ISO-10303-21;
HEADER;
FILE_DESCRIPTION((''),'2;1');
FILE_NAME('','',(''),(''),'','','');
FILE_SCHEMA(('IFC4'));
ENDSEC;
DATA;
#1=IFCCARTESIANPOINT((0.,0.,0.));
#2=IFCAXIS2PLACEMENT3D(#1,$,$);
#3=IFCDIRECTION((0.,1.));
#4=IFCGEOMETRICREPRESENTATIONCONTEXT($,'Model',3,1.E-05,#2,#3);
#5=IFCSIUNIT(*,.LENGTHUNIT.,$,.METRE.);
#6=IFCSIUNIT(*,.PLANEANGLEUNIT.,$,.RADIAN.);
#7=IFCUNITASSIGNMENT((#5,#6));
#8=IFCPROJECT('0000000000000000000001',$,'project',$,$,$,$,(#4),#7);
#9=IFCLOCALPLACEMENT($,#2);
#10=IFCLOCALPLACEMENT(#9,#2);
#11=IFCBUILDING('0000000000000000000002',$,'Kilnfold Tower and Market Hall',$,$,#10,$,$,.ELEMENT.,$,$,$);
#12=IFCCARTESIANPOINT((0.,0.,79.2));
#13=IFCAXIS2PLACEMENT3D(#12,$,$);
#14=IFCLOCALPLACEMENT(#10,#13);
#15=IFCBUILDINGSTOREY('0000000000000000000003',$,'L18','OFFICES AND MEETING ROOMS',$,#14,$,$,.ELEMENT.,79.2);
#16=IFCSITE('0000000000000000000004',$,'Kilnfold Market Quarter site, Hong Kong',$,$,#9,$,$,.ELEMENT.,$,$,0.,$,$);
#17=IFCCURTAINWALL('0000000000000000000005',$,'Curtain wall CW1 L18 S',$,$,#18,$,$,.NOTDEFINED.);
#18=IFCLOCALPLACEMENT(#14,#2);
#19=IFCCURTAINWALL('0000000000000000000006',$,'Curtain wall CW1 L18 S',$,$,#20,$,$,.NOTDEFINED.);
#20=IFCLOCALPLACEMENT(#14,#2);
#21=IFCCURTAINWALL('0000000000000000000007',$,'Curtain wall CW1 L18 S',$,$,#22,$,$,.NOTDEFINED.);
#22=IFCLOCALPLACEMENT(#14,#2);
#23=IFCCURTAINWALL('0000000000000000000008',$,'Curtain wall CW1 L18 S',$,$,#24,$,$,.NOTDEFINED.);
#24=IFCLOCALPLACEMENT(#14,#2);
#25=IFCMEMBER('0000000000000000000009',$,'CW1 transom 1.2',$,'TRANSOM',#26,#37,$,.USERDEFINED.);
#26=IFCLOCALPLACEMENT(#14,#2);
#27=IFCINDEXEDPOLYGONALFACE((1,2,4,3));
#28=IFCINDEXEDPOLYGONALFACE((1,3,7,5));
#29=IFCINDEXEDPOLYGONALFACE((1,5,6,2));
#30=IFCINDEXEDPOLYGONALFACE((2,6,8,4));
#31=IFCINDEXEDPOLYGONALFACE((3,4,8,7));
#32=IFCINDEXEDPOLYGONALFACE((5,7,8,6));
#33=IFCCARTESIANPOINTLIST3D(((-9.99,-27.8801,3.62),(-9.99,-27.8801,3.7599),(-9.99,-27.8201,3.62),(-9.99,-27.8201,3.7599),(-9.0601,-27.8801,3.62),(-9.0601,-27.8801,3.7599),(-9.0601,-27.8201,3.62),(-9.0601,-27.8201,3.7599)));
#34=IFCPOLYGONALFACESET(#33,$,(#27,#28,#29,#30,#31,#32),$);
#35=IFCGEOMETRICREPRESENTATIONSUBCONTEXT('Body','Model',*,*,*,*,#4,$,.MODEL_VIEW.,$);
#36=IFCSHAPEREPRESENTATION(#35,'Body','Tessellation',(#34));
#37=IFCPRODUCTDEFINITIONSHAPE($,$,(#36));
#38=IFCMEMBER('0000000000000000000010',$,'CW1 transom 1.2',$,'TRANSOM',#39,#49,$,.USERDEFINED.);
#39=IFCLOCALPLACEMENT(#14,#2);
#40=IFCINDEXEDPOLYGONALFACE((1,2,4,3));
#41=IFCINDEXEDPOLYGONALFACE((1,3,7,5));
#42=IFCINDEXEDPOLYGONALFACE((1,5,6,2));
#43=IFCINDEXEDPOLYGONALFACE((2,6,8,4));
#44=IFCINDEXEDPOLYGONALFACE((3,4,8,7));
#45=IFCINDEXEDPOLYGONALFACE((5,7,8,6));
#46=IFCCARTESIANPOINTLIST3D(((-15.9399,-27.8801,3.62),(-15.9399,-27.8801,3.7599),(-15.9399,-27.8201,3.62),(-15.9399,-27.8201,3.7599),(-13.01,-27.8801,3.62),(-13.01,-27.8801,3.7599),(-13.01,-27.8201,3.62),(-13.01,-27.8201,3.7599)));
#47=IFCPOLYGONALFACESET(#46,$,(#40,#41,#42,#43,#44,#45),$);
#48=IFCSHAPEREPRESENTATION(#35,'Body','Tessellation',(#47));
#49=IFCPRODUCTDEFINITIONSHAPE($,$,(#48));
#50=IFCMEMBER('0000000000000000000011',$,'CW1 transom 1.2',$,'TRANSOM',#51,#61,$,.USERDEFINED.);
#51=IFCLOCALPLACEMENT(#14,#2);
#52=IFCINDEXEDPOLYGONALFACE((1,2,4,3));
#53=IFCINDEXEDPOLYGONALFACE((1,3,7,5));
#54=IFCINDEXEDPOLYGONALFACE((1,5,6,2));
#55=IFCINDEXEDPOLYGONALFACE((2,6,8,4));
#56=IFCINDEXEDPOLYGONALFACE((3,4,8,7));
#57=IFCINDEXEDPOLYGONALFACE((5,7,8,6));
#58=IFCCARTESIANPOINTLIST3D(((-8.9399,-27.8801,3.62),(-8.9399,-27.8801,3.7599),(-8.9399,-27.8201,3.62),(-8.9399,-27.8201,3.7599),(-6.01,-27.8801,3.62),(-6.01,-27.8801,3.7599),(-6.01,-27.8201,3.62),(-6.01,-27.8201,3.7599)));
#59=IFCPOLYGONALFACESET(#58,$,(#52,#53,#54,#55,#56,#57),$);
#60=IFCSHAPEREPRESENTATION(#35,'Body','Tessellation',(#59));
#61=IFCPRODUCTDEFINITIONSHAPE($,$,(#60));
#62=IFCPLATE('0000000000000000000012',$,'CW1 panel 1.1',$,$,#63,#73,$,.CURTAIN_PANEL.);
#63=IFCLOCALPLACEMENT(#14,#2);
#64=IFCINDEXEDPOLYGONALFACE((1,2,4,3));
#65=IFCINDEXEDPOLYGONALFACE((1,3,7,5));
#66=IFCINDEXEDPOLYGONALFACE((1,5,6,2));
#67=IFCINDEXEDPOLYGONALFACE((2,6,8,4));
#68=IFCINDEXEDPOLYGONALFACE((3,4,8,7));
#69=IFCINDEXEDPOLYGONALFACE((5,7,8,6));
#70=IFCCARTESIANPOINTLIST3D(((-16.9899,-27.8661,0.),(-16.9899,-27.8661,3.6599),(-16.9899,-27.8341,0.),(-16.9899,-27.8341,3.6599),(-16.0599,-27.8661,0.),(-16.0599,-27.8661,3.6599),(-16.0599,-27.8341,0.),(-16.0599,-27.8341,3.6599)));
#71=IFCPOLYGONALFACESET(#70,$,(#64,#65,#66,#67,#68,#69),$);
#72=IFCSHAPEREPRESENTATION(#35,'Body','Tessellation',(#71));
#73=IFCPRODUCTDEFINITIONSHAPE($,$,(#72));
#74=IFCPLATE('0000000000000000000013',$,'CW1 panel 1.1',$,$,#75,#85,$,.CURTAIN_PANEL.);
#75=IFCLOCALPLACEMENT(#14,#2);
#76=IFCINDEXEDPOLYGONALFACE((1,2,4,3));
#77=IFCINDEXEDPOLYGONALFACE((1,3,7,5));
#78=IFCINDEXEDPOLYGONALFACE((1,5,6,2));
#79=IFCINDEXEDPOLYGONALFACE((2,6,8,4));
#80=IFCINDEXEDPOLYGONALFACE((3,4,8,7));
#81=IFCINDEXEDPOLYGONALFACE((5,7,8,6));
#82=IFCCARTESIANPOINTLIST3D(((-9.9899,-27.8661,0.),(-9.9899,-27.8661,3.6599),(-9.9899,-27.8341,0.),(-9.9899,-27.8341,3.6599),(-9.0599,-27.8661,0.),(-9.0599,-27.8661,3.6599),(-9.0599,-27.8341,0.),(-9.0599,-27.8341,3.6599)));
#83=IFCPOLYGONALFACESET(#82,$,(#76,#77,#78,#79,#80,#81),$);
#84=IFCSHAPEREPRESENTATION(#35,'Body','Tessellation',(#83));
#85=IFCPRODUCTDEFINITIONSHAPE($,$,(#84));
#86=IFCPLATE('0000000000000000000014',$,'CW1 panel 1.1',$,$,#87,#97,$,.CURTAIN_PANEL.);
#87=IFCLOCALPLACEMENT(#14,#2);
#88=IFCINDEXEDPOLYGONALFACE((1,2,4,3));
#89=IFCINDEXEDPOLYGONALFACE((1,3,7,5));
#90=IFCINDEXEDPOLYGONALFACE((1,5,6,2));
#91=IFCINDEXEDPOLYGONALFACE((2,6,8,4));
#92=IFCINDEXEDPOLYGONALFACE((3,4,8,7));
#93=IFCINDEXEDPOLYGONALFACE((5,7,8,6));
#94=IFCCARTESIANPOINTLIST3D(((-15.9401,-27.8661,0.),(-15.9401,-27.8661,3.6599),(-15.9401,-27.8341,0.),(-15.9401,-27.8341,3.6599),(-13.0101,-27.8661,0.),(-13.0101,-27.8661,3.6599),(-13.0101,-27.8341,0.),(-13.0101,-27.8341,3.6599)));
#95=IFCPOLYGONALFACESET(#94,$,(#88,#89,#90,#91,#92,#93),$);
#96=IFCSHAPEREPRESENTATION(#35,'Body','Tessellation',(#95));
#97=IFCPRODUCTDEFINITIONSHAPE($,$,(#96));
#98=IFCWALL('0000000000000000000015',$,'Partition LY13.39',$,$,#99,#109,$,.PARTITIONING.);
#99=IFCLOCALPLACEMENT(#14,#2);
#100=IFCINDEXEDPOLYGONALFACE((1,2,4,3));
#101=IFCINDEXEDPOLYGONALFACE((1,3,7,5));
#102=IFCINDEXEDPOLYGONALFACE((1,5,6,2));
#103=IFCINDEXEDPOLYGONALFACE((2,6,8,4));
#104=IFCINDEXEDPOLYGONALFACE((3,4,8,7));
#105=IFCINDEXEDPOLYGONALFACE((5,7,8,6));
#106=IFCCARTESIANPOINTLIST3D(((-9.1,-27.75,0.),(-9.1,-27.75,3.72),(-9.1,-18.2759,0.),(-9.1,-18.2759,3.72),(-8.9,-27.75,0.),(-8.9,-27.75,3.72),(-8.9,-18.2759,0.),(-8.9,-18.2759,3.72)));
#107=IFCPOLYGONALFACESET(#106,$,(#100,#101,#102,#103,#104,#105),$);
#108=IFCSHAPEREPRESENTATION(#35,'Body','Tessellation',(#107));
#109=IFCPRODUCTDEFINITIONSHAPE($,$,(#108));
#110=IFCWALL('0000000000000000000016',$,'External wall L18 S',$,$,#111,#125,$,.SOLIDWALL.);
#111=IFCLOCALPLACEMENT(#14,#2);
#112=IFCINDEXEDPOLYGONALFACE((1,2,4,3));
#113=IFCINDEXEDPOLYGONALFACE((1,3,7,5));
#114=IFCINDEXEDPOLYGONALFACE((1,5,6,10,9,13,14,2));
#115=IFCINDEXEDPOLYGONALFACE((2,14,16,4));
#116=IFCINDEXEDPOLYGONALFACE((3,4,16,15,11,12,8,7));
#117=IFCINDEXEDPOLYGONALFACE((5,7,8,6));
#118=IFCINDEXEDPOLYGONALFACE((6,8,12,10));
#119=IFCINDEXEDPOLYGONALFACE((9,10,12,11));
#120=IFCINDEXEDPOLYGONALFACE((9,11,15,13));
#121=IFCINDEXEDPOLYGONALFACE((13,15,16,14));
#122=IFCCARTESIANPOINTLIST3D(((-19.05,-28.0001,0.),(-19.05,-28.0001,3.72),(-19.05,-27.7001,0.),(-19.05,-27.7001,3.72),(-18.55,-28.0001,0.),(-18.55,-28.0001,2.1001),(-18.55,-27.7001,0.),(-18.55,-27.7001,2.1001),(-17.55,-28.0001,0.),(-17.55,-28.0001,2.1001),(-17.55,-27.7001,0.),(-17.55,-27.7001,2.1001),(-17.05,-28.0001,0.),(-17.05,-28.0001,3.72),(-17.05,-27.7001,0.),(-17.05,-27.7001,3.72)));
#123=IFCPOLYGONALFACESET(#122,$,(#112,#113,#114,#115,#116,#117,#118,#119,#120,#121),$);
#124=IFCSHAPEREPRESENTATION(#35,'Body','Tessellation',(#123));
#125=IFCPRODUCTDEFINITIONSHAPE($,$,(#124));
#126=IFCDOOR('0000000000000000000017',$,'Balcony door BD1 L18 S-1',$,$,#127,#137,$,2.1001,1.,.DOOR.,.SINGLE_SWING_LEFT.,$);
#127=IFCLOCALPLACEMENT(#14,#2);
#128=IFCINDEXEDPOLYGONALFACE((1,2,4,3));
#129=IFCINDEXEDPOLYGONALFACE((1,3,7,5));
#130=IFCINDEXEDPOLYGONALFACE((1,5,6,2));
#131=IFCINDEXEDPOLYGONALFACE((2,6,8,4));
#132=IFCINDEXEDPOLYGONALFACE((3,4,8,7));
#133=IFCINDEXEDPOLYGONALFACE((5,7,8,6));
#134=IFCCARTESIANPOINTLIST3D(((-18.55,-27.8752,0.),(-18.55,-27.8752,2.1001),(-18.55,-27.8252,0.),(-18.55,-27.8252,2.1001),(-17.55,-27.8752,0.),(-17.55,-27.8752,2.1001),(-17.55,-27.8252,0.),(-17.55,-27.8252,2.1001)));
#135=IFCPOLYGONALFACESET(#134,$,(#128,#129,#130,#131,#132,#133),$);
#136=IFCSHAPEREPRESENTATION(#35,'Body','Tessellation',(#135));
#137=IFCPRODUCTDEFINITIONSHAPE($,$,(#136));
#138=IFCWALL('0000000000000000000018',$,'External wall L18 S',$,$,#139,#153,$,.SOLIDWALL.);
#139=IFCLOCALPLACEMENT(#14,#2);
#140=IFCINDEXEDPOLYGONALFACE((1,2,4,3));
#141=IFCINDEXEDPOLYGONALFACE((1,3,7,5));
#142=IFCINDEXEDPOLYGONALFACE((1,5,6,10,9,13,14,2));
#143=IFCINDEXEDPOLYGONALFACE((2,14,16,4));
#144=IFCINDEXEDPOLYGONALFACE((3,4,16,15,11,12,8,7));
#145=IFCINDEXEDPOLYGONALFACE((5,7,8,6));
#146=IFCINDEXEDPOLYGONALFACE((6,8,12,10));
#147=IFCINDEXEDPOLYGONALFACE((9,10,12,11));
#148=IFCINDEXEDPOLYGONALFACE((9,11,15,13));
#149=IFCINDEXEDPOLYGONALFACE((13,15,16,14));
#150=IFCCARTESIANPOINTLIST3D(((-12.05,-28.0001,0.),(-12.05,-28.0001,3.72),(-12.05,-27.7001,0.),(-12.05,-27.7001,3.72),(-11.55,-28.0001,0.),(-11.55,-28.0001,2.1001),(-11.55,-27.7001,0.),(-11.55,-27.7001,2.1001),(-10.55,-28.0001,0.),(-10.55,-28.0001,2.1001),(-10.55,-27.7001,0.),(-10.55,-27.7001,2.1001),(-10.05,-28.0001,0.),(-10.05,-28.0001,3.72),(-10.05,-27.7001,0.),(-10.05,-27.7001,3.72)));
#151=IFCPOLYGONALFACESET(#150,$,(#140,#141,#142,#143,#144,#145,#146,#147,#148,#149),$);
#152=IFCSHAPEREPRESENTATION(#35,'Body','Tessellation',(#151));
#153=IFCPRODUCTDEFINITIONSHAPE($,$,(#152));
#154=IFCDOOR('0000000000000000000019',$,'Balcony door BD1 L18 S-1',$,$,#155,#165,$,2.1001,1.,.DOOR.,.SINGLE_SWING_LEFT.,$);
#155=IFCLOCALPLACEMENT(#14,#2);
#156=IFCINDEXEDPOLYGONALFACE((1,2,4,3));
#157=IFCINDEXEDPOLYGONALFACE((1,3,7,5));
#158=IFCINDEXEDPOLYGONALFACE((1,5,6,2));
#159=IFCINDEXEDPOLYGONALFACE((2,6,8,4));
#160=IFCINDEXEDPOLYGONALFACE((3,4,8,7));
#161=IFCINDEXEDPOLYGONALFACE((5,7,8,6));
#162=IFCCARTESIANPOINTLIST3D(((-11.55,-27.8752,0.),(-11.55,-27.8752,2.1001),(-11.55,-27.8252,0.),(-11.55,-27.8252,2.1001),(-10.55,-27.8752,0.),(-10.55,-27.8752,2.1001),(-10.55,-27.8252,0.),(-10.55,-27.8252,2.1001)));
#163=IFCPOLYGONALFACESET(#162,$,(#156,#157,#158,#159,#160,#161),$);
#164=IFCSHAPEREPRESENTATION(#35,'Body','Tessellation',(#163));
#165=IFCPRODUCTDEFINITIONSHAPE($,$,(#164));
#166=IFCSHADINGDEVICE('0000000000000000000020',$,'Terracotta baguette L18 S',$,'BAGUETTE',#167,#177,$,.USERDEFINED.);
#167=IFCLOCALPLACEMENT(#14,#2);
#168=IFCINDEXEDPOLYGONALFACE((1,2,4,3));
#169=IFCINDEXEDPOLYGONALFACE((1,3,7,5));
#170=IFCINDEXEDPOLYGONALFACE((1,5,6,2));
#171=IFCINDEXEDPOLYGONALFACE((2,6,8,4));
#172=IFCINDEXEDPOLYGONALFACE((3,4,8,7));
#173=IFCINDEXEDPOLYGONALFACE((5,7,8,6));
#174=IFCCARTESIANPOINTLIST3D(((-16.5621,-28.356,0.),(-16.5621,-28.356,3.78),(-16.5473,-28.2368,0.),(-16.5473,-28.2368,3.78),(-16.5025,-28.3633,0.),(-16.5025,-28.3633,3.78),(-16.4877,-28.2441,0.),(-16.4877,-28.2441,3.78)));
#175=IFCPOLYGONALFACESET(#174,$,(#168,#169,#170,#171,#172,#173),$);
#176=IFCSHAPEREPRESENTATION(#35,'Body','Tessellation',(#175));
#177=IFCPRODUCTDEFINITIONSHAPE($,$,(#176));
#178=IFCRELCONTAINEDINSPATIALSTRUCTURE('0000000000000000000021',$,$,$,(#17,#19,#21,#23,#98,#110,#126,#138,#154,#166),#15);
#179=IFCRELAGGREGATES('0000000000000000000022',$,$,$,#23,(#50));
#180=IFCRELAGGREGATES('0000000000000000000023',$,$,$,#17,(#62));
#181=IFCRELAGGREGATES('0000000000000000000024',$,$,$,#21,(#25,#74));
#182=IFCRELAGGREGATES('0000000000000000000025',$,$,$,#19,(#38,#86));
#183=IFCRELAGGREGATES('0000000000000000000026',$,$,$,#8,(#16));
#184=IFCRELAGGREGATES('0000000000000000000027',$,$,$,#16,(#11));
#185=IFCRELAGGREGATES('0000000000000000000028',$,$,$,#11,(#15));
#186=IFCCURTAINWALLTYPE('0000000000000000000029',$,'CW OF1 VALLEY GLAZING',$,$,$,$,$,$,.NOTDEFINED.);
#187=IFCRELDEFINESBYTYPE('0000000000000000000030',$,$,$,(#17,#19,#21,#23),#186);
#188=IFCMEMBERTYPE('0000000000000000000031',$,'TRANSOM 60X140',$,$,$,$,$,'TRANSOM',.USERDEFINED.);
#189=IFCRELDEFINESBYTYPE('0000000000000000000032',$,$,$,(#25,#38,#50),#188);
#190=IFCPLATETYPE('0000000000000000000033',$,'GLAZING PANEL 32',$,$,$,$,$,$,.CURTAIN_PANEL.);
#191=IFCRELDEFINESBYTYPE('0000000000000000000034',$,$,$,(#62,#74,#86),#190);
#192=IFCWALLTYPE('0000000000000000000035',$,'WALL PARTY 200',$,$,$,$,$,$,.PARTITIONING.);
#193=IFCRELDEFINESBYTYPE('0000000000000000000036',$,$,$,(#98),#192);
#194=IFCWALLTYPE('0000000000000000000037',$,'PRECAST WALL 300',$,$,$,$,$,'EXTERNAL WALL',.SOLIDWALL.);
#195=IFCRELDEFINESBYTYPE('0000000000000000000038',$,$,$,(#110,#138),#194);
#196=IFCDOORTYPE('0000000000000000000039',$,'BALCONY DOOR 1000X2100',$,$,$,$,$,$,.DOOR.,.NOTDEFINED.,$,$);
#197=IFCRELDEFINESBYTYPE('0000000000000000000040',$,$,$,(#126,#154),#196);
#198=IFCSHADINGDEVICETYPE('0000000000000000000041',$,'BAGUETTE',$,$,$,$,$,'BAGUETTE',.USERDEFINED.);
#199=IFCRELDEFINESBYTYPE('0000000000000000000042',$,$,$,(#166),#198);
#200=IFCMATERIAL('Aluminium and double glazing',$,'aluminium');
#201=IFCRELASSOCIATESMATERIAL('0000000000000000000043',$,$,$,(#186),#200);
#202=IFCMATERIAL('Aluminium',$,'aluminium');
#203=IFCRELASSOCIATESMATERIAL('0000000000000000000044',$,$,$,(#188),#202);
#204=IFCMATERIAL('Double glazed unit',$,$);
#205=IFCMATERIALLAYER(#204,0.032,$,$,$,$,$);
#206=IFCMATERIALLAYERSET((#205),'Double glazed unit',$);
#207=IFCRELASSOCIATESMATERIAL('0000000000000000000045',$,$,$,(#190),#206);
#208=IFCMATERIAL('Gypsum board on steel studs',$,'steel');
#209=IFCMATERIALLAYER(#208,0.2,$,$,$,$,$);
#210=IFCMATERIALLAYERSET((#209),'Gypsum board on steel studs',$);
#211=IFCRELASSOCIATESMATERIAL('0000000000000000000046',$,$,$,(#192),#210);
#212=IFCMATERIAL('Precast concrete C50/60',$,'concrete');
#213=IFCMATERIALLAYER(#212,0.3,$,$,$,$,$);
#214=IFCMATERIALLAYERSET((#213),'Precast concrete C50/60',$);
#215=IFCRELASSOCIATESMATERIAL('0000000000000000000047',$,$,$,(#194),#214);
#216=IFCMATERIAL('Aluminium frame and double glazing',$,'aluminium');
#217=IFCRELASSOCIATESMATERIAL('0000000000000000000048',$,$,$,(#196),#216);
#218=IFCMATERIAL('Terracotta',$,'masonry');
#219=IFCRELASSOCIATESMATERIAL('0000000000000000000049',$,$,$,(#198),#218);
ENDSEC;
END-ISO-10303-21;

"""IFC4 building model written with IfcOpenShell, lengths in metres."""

from ifc_helpers import new_model, si_unit, direction, frame, frame_2d, origin, origin_2d, place, context, subcontext, project, spatial, rectangle, extrude, source, transform, mapped, material, layer, layer_set, material_profile, profile_set, type_object, element, fill, aggregate, save


model = new_model("IFC4")

# Units and contexts
model_context = context("Model", 3, precision=1e-05, world=origin(), true_north=direction((0.0, 1.0)))
body_context = subcontext(model_context, "Body", "Model", "MODEL_VIEW")
ifc_project = project(units=[si_unit("LENGTHUNIT", "METRE"), si_unit("PLANEANGLEUNIT", "RADIAN")], contexts=[model_context])

# Site, building, storey
site_placement = place(None, origin())
site = spatial("IfcSite", under=ifc_project, at=site_placement, Name="Kilnfold Market Quarter site, Hong Kong", CompositionType="ELEMENT", RefElevation=0.0)
building_placement = place(site_placement, origin())
building = spatial("IfcBuilding", under=site, at=building_placement, Name="Kilnfold Tower and Market Hall", CompositionType="ELEMENT")
storey_placement = place(building_placement, frame((0.0, 0.0, 79.2)))
storey = spatial("IfcBuildingStorey", under=building, at=storey_placement, Name="L18", Description="OFFICES AND MEETING ROOMS", CompositionType="ELEMENT", Elevation=79.2)

# Curtain walls
ifc_material_1 = material(Name="Aluminium and double glazing", Category="aluminium")
curtain_wall_type = type_object("IfcCurtainWallType", Name="CW OF1 VALLEY GLAZING", PredefinedType="NOTDEFINED", material=ifc_material_1)
curtain_wall_1_placement = place(storey_placement, origin())
curtain_wall_1 = element("IfcCurtainWall", 1, at=curtain_wall_1_placement, inside=storey, type_object=curtain_wall_type, Name="Curtain wall CW1 L18 S", PredefinedType="NOTDEFINED")
curtain_wall_2_placement = place(storey_placement, origin())
curtain_wall_2 = element("IfcCurtainWall", 2, at=curtain_wall_2_placement, inside=storey, type_object=curtain_wall_type, Name="Curtain wall CW1 L18 S", PredefinedType="NOTDEFINED")
curtain_wall_3_placement = place(storey_placement, origin())
curtain_wall_3 = element("IfcCurtainWall", 3, at=curtain_wall_3_placement, inside=storey, type_object=curtain_wall_type, Name="Curtain wall CW1 L18 S", PredefinedType="NOTDEFINED")

# Curtain wall
curtain_wall_4_placement = place(storey_placement, origin())
curtain_wall_4 = element("IfcCurtainWall", 4, at=curtain_wall_4_placement, inside=storey, type_object=curtain_wall_type, Name="Curtain wall CW1 L18 S", PredefinedType="NOTDEFINED")

# Members
ifc_material_2 = material(Name="Aluminium", Category="aluminium")
ifc_material_profile_1 = material_profile(ifc_material_2, rectangle(XDim=0.0601, YDim=0.1399, at=origin_2d()), Name="TRANSOM 60x140")
ifc_profile_set_1 = profile_set([ifc_material_profile_1], Name="Aluminium")
member_type_1 = type_object("IfcMemberType", Name="TRANSOM 60X140", ElementType="TRANSOM", PredefinedType="USERDEFINED", material=ifc_profile_set_1)
shared_shape_1 = source(origin(), body_context, "Body", "SweptSolid", [
    extrude(rectangle(XDim=0.0601, YDim=0.1399, at=origin_2d()), origin(), (0.0, 0.0, 1.0), 0.9299),
])
member_1_placement = place(storey_placement, frame((-9.99, -27.8501, 3.6899), z_axis=(1.0, 0.0, 0.0), x_axis=(0.0, 1.0, 0.0)))
member_1 = element("IfcMember", 5, at=member_1_placement, type_object=member_type_1, Name="CW1 transom 1.2", ObjectType="TRANSOM", PredefinedType="USERDEFINED", context=body_context, shape_type="MappedRepresentation", body=[
    mapped(shared_shape_1, transform((0.0, 0.0, 0.0))),
])
shared_shape_2 = source(origin(), body_context, "Body", "SweptSolid", [
    extrude(rectangle(XDim=0.0601, YDim=0.1399, at=origin_2d()), origin(), (0.0, 0.0, 1.0), 2.9299),
])
member_2_placement = place(storey_placement, frame((-15.9399, -27.8501, 3.6899), z_axis=(1.0, 0.0, 0.0), x_axis=(0.0, 1.0, 0.0)))
member_2 = element("IfcMember", 6, at=member_2_placement, type_object=member_type_1, Name="CW1 transom 1.2", ObjectType="TRANSOM", PredefinedType="USERDEFINED", context=body_context, shape_type="MappedRepresentation", body=[
    mapped(shared_shape_2, transform((0.0, 0.0, 0.0))),
])
member_3_placement = place(storey_placement, frame((-8.9399, -27.8501, 3.6899), z_axis=(1.0, 0.0, 0.0), x_axis=(0.0, 1.0, 0.0)))
member_3 = element("IfcMember", 7, at=member_3_placement, type_object=member_type_1, Name="CW1 transom 1.2", ObjectType="TRANSOM", PredefinedType="USERDEFINED", context=body_context, shape_type="MappedRepresentation", body=[
    mapped(shared_shape_2, transform((0.0, 0.0, 0.0))),
])
aggregate(curtain_wall_4, [member_3])

# Plates
ifc_material_3 = material(Name="Double glazed unit")
ifc_layer_1 = layer(ifc_material_3, 0.032)
ifc_layer_set_1 = layer_set([ifc_layer_1], Name="Double glazed unit")
plate_type = type_object("IfcPlateType", Name="GLAZING PANEL 32", PredefinedType="CURTAIN_PANEL", material=ifc_layer_set_1)
shared_shape_3 = source(origin(), body_context, "Body", "SweptSolid", [
    extrude(rectangle(XDim=0.9299, YDim=0.032, at=origin_2d()), origin(), (0.0, 0.0, 1.0), 3.6599),
])
plate_1_placement = place(storey_placement, frame((-16.5249, -27.8501, 0.0), z_axis=(0.0, 0.0, 1.0), x_axis=(1.0, 0.0, 0.0)))
plate_1 = element("IfcPlate", 8, at=plate_1_placement, type_object=plate_type, Name="CW1 panel 1.1", PredefinedType="CURTAIN_PANEL", context=body_context, shape_type="MappedRepresentation", body=[
    mapped(shared_shape_3, transform((0.0, 0.0, 0.0))),
])
aggregate(curtain_wall_1, [plate_1])
plate_2_placement = place(storey_placement, frame((-9.5249, -27.8501, 0.0), z_axis=(0.0, 0.0, 1.0), x_axis=(1.0, 0.0, 0.0)))
plate_2 = element("IfcPlate", 9, at=plate_2_placement, type_object=plate_type, Name="CW1 panel 1.1", PredefinedType="CURTAIN_PANEL", context=body_context, shape_type="MappedRepresentation", body=[
    mapped(shared_shape_3, transform((0.0, 0.0, 0.0))),
])
aggregate(curtain_wall_3, [member_1, plate_2])
shared_shape_4 = source(origin(), body_context, "Body", "SweptSolid", [
    extrude(rectangle(XDim=2.9299, YDim=0.032, at=origin_2d()), origin(), (0.0, 0.0, 1.0), 3.6599),
])
plate_3_placement = place(storey_placement, frame((-14.4751, -27.8501, 0.0), z_axis=(0.0, 0.0, 1.0), x_axis=(1.0, 0.0, 0.0)))
plate_3 = element("IfcPlate", 10, at=plate_3_placement, type_object=plate_type, Name="CW1 panel 1.1", PredefinedType="CURTAIN_PANEL", context=body_context, shape_type="MappedRepresentation", body=[
    mapped(shared_shape_4, transform((0.0, 0.0, 0.0))),
])
aggregate(curtain_wall_2, [member_2, plate_3])

# Wall
ifc_material_4 = material(Name="Gypsum board on steel studs", Category="steel")
ifc_layer_2 = layer(ifc_material_4, 0.2)
ifc_layer_set_2 = layer_set([ifc_layer_2], Name="Gypsum board on steel studs")
wall_type_1 = type_object("IfcWallType", Name="WALL PARTY 200", PredefinedType="PARTITIONING", material=ifc_layer_set_2)
wall_1_placement = place(storey_placement, frame((-9.0, -27.75, 0.0), z_axis=(0.0, 0.0, 1.0), x_axis=(0.0, 1.0, 0.0)))
element("IfcWall", 11, at=wall_1_placement, inside=storey, type_object=wall_type_1, Name="Partition LY13.39", PredefinedType="PARTITIONING", context=body_context, shape_type="SweptSolid", body=[
    extrude(rectangle(XDim=9.4741, YDim=0.2, at=frame_2d((4.7371, 0.0))), origin(), (0.0, 0.0, 1.0), 3.72),
])

# Walls, openings, doors
ifc_material_5 = material(Name="Precast concrete C50/60", Category="concrete")
ifc_layer_3 = layer(ifc_material_5, 0.3)
ifc_layer_set_3 = layer_set([ifc_layer_3], Name="Precast concrete C50/60")
wall_type_2 = type_object("IfcWallType", Name="PRECAST WALL 300", ElementType="EXTERNAL WALL", PredefinedType="SOLIDWALL", material=ifc_layer_set_3)
shared_shape_5 = source(origin(), body_context, "Body", "SweptSolid", [
    extrude(rectangle(XDim=2.0, YDim=0.3, at=frame_2d((1.0, 0.0))), origin(), (0.0, 0.0, 1.0), 3.72),
])
wall_2_placement = place(storey_placement, frame((-19.05, -27.8501, 0.0), z_axis=(0.0, 0.0, 1.0), x_axis=(1.0, 0.0, 0.0)))
wall_2 = element("IfcWall", 12, at=wall_2_placement, inside=storey, type_object=wall_type_2, Name="External wall L18 S", PredefinedType="SOLIDWALL", context=body_context, shape_type="MappedRepresentation", body=[
    mapped(shared_shape_5, transform((0.0, 0.0, 0.0))),
])
opening_1_placement = place(wall_2_placement, frame((0.5, 0.0, 0.0)))
opening_1 = element("IfcOpeningElement", 13, at=opening_1_placement, cuts=wall_2, PredefinedType="OPENING", context=body_context, shape_type="SweptSolid", body=[
    extrude(rectangle(XDim=1.0, YDim=2.1001, at=frame_2d((0.5, 1.05))), frame((0.0, 0.1602, 0.0), z_axis=(0.0, -1.0, 0.0), x_axis=(1.0, 0.0, 0.0)), (0.0, 0.0, 1.0), 0.3201),
])
ifc_material_6 = material(Name="Aluminium frame and double glazing", Category="aluminium")
door_type = type_object("IfcDoorType", Name="BALCONY DOOR 1000X2100", OperationType="NOTDEFINED", PredefinedType="DOOR", material=ifc_material_6)
door_1_placement = place(opening_1_placement, origin())
door_1 = element("IfcDoor", 14, at=door_1_placement, inside=storey, type_object=door_type, Name="Balcony door BD1 L18 S-1", OperationType="SINGLE_SWING_LEFT", OverallHeight=2.1001, OverallWidth=1.0, PredefinedType="DOOR", context=body_context, shape_type="SweptSolid", body=[
    extrude(rectangle(XDim=1.0, YDim=2.1001, at=frame_2d((0.5, 1.05))), frame((0.0, 0.0249, 0.0), z_axis=(0.0, -1.0, 0.0), x_axis=(1.0, 0.0, 0.0)), (0.0, 0.0, 1.0), 0.05),
])
fill(opening_1, door_1)
wall_3_placement = place(storey_placement, frame((-12.05, -27.8501, 0.0), z_axis=(0.0, 0.0, 1.0), x_axis=(1.0, 0.0, 0.0)))
wall_3 = element("IfcWall", 15, at=wall_3_placement, inside=storey, type_object=wall_type_2, Name="External wall L18 S", PredefinedType="SOLIDWALL", context=body_context, shape_type="MappedRepresentation", body=[
    mapped(shared_shape_5, transform((0.0, 0.0, 0.0))),
])
opening_2_placement = place(wall_3_placement, frame((0.5, 0.0, 0.0)))
opening_2 = element("IfcOpeningElement", 16, at=opening_2_placement, cuts=wall_3, PredefinedType="OPENING", context=body_context, shape_type="SweptSolid", body=[
    extrude(rectangle(XDim=1.0, YDim=2.1001, at=frame_2d((0.5, 1.05))), frame((0.0, 0.1602, 0.0), z_axis=(0.0, -1.0, 0.0), x_axis=(1.0, 0.0, 0.0)), (0.0, 0.0, 1.0), 0.3201),
])
door_2_placement = place(opening_2_placement, origin())
door_2 = element("IfcDoor", 17, at=door_2_placement, inside=storey, type_object=door_type, Name="Balcony door BD1 L18 S-1", OperationType="SINGLE_SWING_LEFT", OverallHeight=2.1001, OverallWidth=1.0, PredefinedType="DOOR", context=body_context, shape_type="SweptSolid", body=[
    extrude(rectangle(XDim=1.0, YDim=2.1001, at=frame_2d((0.5, 1.05))), frame((0.0, 0.0249, 0.0), z_axis=(0.0, -1.0, 0.0), x_axis=(1.0, 0.0, 0.0)), (0.0, 0.0, 1.0), 0.05),
])
fill(opening_2, door_2)

# Shading device
ifc_material_7 = material(Name="Terracotta", Category="masonry")
ifc_material_profile_2 = material_profile(ifc_material_7, rectangle(XDim=0.0601, YDim=0.1201, at=origin_2d()), Name="BAG 60x120")
ifc_profile_set_2 = profile_set([ifc_material_profile_2], Name="Terracotta")
shading_device_type = type_object("IfcShadingDeviceType", Name="BAGUETTE", ElementType="BAGUETTE", PredefinedType="USERDEFINED", material=ifc_profile_set_2)
shared_shape_6 = source(origin(), body_context, "Body", "SweptSolid", [
    extrude(rectangle(XDim=0.0601, YDim=0.1201, at=origin_2d()), origin(), (0.0, 0.0, 1.0), 3.78),
])
for number, where, z_axis, x_axis, name in (
    (18, (-16.5249, -28.3, 0.0), (0.0, 0.0, 1.0), (0.992396, -0.123084, 0.0), "Terracotta baguette L18 S"),
):
    element("IfcShadingDevice", number, at=place(storey_placement, frame(where, z_axis=z_axis, x_axis=x_axis)), inside=storey, type_object=shading_device_type, Name=name, ObjectType="BAGUETTE", PredefinedType="USERDEFINED", context=body_context, shape_type="MappedRepresentation", body=[
        mapped(shared_shape_6, transform((0.0, 0.0, 0.0))),
    ])

save(model, "model.ifc")
